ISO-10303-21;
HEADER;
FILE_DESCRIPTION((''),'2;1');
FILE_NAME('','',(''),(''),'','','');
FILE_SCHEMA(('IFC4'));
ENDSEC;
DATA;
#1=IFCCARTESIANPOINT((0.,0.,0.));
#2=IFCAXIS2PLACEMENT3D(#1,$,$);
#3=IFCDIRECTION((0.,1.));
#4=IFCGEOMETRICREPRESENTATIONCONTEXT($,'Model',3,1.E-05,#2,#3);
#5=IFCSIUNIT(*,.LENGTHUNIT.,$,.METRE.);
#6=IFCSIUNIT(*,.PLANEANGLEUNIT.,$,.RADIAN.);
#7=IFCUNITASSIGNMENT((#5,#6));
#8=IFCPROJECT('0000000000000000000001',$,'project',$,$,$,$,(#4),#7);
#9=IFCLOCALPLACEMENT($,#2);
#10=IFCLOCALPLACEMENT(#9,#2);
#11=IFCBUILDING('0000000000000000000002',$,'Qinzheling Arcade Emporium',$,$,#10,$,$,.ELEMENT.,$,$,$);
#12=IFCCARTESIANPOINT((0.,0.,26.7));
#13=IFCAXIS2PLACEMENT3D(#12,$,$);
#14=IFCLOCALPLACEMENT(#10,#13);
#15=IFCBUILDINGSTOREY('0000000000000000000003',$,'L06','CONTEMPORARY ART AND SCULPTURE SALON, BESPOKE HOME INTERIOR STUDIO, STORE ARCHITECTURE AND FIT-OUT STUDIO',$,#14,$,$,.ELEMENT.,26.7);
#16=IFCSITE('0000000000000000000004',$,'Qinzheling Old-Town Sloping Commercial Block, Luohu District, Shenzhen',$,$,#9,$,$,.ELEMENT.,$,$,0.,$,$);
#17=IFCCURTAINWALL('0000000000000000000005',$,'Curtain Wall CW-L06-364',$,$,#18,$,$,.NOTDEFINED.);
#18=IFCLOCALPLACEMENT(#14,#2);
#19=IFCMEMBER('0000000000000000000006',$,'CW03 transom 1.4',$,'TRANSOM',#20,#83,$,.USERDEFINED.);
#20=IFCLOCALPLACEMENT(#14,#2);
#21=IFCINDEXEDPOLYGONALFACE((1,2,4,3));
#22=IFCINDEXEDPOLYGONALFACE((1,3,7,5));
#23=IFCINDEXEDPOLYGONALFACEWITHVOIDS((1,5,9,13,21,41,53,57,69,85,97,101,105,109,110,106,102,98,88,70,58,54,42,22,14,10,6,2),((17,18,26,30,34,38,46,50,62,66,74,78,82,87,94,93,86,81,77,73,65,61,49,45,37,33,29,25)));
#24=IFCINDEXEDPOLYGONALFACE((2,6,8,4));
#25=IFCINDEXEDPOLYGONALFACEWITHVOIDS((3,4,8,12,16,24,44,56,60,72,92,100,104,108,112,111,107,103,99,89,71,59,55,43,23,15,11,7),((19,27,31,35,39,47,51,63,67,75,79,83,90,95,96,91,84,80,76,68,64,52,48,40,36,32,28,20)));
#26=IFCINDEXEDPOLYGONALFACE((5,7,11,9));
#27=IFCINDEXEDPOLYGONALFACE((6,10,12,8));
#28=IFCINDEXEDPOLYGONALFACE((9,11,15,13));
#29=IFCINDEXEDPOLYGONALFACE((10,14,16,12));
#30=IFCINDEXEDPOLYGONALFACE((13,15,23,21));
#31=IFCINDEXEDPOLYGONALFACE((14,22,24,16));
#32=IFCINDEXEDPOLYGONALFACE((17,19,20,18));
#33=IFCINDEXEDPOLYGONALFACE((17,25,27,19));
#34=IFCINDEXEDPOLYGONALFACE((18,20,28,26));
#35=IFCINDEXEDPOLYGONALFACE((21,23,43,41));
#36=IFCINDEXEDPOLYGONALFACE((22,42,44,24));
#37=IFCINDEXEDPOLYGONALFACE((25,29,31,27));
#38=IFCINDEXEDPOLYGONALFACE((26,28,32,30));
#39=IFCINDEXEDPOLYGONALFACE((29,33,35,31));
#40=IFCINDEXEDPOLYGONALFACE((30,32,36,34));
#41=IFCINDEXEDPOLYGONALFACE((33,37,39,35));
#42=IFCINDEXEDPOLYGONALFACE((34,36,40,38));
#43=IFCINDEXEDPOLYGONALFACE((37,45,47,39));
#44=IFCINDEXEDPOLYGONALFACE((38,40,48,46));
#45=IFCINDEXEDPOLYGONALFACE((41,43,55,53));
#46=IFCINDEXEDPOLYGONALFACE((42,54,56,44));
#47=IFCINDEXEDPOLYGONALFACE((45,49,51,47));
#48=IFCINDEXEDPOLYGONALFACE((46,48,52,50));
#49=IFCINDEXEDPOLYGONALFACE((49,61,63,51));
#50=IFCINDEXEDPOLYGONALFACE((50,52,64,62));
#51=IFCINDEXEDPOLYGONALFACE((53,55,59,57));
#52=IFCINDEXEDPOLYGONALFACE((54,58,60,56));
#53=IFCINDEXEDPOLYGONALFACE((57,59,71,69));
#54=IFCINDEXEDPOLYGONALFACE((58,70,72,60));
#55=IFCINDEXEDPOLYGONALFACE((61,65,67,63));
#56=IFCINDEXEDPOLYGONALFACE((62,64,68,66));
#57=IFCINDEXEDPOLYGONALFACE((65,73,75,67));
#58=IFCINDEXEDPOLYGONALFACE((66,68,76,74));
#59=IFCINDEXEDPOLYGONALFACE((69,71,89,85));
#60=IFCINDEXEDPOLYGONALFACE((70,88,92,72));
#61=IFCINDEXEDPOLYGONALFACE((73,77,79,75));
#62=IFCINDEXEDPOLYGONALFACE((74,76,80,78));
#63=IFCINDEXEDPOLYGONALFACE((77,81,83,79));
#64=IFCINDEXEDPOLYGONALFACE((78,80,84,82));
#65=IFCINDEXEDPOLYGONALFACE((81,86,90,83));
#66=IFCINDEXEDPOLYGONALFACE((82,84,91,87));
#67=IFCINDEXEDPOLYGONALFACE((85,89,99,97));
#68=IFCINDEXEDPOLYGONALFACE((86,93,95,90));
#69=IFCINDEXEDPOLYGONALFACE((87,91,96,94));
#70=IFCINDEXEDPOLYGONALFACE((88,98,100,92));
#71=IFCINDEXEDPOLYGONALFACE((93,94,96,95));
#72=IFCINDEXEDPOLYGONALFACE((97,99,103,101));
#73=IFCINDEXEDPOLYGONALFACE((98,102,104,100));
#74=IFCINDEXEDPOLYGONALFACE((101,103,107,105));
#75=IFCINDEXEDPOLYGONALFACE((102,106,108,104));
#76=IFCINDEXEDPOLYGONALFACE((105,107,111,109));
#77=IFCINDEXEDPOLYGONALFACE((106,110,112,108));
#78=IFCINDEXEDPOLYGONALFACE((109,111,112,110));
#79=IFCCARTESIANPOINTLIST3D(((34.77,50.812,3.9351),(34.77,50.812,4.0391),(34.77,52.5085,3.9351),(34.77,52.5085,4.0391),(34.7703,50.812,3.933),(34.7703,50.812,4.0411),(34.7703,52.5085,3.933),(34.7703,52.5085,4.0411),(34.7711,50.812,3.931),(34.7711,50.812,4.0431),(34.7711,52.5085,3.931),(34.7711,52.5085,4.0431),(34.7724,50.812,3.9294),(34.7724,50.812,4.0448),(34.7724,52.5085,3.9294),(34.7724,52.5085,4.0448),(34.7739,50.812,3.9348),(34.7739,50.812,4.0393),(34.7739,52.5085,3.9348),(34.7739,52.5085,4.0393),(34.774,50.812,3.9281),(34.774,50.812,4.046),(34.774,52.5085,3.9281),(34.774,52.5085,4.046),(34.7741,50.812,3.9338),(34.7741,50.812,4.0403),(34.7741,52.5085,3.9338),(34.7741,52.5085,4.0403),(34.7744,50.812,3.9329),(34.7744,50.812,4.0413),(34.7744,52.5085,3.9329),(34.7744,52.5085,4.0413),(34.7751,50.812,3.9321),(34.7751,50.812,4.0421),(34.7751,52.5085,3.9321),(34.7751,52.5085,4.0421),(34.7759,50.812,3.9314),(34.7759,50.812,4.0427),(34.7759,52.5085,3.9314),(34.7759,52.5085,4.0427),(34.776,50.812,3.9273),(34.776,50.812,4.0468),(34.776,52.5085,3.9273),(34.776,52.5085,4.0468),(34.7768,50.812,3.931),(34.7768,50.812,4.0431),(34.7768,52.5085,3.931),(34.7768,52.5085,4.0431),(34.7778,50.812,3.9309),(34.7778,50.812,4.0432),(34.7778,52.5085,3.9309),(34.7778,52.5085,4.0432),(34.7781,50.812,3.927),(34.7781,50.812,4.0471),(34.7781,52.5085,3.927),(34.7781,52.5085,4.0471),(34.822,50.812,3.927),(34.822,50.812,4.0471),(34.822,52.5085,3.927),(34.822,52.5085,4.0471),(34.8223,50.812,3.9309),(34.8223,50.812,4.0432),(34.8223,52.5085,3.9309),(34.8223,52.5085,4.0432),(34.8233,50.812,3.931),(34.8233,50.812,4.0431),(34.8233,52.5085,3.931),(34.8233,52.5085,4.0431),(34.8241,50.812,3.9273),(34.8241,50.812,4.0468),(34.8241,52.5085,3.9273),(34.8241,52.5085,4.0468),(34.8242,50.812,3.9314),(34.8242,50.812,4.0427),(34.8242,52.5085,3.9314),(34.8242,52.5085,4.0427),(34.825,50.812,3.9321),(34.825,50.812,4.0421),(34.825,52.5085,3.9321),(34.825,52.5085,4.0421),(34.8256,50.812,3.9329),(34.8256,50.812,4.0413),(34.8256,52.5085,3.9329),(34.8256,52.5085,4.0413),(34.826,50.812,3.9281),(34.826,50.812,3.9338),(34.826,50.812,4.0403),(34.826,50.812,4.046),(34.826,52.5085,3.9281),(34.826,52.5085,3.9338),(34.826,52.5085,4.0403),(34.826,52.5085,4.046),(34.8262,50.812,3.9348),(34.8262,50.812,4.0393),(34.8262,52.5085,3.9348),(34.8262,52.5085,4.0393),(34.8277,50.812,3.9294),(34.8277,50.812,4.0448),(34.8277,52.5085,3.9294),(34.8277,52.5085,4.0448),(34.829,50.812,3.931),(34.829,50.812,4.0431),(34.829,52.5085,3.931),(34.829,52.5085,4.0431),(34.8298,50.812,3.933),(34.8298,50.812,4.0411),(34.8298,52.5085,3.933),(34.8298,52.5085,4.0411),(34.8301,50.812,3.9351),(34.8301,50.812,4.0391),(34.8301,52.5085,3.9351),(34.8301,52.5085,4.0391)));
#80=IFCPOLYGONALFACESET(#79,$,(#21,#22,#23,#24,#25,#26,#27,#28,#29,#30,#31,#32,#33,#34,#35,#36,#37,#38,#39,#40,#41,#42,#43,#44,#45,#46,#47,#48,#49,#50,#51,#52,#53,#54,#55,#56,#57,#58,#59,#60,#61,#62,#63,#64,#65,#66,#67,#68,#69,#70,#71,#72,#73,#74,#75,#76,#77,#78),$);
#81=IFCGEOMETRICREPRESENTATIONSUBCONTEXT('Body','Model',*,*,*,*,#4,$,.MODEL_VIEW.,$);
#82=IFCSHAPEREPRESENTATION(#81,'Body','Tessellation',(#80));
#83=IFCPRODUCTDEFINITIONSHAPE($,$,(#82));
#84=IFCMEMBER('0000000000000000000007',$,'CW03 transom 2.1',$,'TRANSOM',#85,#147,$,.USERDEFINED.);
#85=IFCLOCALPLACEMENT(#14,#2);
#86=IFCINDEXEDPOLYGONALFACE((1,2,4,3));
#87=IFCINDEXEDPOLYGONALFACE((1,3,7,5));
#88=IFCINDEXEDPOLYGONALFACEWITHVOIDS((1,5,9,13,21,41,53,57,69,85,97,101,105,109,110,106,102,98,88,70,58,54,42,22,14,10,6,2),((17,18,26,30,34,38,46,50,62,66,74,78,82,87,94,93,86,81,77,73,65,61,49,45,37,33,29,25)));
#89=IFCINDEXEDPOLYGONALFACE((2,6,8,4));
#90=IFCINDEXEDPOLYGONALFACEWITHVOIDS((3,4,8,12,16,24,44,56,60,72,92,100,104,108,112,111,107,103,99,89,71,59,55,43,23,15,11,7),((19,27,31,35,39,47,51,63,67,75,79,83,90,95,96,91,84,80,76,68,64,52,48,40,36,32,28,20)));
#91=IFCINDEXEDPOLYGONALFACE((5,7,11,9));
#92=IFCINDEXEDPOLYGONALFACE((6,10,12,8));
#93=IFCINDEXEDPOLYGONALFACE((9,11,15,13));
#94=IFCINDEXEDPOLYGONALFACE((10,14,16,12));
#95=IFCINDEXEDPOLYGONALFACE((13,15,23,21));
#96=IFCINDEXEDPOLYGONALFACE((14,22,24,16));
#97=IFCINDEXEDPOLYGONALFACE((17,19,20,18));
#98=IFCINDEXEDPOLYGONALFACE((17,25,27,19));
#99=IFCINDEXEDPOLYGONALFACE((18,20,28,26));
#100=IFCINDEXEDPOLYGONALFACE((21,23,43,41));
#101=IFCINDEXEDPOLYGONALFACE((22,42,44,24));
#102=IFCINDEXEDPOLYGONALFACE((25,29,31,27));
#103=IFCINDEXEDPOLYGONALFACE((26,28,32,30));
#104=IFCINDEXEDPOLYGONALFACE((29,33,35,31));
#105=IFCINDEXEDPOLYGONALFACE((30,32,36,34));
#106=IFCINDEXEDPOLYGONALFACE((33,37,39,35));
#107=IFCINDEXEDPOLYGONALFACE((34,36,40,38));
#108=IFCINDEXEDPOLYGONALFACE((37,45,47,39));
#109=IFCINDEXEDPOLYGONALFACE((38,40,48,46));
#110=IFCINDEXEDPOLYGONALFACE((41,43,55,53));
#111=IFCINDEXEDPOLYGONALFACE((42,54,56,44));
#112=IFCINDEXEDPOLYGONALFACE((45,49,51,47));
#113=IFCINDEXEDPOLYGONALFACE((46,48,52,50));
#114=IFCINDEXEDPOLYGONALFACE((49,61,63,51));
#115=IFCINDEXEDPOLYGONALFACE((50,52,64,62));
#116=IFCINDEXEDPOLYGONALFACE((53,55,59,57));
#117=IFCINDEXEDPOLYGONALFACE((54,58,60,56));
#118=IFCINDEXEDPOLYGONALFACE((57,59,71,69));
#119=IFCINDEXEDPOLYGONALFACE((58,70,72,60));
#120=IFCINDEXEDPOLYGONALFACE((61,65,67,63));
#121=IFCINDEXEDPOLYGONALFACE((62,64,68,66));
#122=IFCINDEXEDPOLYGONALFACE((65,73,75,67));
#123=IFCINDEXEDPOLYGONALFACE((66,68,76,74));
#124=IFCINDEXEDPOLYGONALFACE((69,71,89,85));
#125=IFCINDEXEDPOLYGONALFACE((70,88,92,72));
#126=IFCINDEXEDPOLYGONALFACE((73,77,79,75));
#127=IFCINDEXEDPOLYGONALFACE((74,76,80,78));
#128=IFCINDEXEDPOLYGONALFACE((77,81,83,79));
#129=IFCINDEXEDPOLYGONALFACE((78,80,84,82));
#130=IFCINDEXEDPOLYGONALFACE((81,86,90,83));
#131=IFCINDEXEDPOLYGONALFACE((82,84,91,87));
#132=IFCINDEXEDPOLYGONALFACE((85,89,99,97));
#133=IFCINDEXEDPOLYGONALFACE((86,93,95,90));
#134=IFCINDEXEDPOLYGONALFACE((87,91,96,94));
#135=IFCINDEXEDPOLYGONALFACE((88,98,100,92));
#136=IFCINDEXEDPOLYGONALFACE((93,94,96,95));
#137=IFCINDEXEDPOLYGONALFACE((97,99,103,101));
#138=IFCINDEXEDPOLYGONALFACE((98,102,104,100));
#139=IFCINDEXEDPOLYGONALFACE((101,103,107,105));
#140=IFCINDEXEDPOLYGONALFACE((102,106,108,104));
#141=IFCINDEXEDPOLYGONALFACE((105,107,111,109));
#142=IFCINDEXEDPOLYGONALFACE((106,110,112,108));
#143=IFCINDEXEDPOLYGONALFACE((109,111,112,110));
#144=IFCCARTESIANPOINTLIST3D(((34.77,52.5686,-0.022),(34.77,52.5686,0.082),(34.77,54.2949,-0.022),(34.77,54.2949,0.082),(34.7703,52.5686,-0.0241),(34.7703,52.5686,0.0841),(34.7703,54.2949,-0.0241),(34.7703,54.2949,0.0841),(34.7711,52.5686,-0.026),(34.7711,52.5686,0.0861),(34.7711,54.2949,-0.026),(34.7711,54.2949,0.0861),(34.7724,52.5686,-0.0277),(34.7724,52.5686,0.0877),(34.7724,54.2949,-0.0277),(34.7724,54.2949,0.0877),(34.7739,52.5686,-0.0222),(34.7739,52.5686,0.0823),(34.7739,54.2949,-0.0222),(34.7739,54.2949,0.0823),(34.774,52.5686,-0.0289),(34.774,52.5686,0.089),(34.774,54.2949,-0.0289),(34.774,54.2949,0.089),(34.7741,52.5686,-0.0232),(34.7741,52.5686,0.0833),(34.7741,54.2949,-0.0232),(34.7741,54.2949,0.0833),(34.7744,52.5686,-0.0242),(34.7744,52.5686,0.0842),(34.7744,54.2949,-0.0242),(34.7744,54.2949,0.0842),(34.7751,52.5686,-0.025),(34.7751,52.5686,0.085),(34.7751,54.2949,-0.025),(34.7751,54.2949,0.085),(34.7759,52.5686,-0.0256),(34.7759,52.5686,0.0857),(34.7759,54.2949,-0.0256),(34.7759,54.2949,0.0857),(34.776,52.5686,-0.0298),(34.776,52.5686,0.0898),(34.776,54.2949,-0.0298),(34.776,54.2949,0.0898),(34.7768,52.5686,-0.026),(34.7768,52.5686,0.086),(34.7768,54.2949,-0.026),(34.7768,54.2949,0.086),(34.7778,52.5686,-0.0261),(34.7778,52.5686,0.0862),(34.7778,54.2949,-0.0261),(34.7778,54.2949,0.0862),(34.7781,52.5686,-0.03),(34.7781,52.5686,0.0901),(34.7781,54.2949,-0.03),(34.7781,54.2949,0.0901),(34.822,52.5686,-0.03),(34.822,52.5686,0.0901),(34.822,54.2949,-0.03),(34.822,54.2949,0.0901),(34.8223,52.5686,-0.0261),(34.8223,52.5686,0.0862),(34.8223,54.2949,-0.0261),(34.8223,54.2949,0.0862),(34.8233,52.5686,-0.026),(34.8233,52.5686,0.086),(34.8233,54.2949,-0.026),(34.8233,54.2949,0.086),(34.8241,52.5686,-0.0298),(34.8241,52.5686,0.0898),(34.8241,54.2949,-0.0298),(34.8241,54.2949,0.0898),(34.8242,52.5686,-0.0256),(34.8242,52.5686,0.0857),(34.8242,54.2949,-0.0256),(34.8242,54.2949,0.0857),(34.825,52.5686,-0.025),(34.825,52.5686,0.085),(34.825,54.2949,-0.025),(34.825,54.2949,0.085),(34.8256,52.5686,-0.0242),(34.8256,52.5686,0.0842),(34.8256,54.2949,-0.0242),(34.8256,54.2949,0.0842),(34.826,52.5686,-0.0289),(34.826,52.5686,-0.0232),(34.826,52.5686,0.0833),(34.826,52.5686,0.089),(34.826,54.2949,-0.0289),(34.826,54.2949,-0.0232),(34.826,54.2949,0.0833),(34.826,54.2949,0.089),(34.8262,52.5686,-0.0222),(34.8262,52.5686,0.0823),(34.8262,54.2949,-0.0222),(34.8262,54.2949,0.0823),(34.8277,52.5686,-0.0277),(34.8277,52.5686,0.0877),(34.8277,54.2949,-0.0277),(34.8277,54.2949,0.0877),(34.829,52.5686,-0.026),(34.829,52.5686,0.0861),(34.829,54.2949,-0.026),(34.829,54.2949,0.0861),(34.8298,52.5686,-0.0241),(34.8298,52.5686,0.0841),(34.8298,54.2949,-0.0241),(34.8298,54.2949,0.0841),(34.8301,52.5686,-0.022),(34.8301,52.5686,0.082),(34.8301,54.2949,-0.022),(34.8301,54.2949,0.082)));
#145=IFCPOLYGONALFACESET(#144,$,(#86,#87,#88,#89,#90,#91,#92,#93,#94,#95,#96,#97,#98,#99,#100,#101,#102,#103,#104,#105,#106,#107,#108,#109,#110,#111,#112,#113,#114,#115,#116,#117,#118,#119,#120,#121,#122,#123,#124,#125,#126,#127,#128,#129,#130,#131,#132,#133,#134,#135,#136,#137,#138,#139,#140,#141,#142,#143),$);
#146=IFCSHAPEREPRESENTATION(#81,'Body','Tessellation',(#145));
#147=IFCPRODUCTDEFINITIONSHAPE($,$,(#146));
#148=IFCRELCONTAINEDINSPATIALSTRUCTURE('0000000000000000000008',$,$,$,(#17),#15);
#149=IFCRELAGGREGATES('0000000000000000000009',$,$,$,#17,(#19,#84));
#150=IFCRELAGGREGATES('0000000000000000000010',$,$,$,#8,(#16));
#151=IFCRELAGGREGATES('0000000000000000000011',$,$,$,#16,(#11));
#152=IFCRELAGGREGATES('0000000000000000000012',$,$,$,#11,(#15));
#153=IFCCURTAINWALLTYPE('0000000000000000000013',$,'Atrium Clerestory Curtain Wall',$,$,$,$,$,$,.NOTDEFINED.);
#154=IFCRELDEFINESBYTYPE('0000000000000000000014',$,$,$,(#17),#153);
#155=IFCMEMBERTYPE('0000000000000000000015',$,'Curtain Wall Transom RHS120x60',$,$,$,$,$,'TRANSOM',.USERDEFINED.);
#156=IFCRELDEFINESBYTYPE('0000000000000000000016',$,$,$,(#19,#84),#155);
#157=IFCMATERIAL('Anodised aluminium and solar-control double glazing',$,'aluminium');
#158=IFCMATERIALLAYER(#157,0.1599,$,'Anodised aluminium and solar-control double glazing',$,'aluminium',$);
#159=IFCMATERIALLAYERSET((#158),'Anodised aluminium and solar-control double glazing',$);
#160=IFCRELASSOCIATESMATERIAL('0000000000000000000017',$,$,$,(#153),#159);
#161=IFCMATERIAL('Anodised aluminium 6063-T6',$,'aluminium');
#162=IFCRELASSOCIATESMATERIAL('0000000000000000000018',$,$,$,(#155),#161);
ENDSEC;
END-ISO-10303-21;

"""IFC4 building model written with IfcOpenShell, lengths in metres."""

from ifc_helpers import new_model, si_unit, direction, frame, origin, origin_2d, place, context, subcontext, project, spatial, hollow_rectangle, extrude, material, layer, layer_set, material_profile, profile_set, type_object, element, aggregate, save


model = new_model("IFC4")

# Units and contexts
model_context = context("Model", 3, precision=1e-05, world=origin(), true_north=direction((0.0, 1.0)))
body_context = subcontext(model_context, "Body", "Model", "MODEL_VIEW")
ifc_project = project(units=[si_unit("LENGTHUNIT", "METRE"), si_unit("PLANEANGLEUNIT", "RADIAN")], contexts=[model_context])

# Site, building, storey
site_placement = place(None, origin())
site = spatial("IfcSite", under=ifc_project, at=site_placement, Name="Qinzheling Old-Town Sloping Commercial Block, Luohu District, Shenzhen", CompositionType="ELEMENT", RefElevation=0.0)
building_placement = place(site_placement, origin())
building = spatial("IfcBuilding", under=site, at=building_placement, Name="Qinzheling Arcade Emporium", CompositionType="ELEMENT")
storey_placement = place(building_placement, frame((0.0, 0.0, 26.7)))
storey = spatial("IfcBuildingStorey", under=building, at=storey_placement, Name="L06", Description="CONTEMPORARY ART AND SCULPTURE SALON, BESPOKE HOME INTERIOR STUDIO, STORE ARCHITECTURE AND FIT-OUT STUDIO", CompositionType="ELEMENT", Elevation=26.7)

# Shared definitions
ifc_material_1 = material(Name="Anodised aluminium and solar-control double glazing", Category="aluminium")
ifc_layer_1 = layer(ifc_material_1, 0.1599, Name="Anodised aluminium and solar-control double glazing", Category="aluminium")
ifc_layer_set_1 = layer_set([ifc_layer_1], Name="Anodised aluminium and solar-control double glazing")
curtain_wall_type = type_object("IfcCurtainWallType", Name="Atrium Clerestory Curtain Wall", PredefinedType="NOTDEFINED", material=ifc_layer_set_1)
ifc_material_2 = material(Name="Anodised aluminium 6063-T6", Category="aluminium")

# Curtain wall, members
curtain_wall_1_placement = place(storey_placement, origin())
curtain_wall_1 = element("IfcCurtainWall", 1, at=curtain_wall_1_placement, inside=storey, type_object=curtain_wall_type, Name="Curtain Wall CW-L06-364", PredefinedType="NOTDEFINED")
ifc_material_profile_1 = material_profile(ifc_material_2, hollow_rectangle(XDim=0.0601, YDim=0.1201, WallThickness=0.0039, InnerFilletRadius=0.0039, OuterFilletRadius=0.0081, at=origin_2d()), Name="RHS 120x60x4", Category="aluminium")
ifc_profile_set_1 = profile_set([ifc_material_profile_1], Name="Anodised aluminium 6063-T6")
member_type_1 = type_object("IfcMemberType", Name="Curtain Wall Transom RHS120x60", ElementType="TRANSOM", PredefinedType="USERDEFINED", material=ifc_profile_set_1)
member_1_placement = place(storey_placement, frame((34.8, 50.812, 3.9871), z_axis=(0.0, 1.0, 0.0), x_axis=(-1.0, 0.0, 0.0)))
member_1 = element("IfcMember", 2, at=member_1_placement, type_object=member_type_1, Name="CW03 transom 1.4", ObjectType="TRANSOM", PredefinedType="USERDEFINED", context=body_context, shape_type="SweptSolid", body=[
    extrude(hollow_rectangle(XDim=0.0601, YDim=0.1201, WallThickness=0.0039, InnerFilletRadius=0.0039, OuterFilletRadius=0.0081, at=origin_2d()), origin(), (0.0, 0.0, 1.0), 1.6965),
])
member_2_placement = place(storey_placement, frame((34.8, 52.5686, 0.03), z_axis=(0.0, 1.0, 0.0), x_axis=(-1.0, 0.0, 0.0)))
member_2 = element("IfcMember", 3, at=member_2_placement, type_object=member_type_1, Name="CW03 transom 2.1", ObjectType="TRANSOM", PredefinedType="USERDEFINED", context=body_context, shape_type="SweptSolid", body=[
    extrude(hollow_rectangle(XDim=0.0601, YDim=0.1201, WallThickness=0.0039, InnerFilletRadius=0.0039, OuterFilletRadius=0.0081, at=origin_2d()), origin(), (0.0, 0.0, 1.0), 1.7263),
])

aggregate(curtain_wall_1, [member_1, member_2])

save(model, "model.ifc")
